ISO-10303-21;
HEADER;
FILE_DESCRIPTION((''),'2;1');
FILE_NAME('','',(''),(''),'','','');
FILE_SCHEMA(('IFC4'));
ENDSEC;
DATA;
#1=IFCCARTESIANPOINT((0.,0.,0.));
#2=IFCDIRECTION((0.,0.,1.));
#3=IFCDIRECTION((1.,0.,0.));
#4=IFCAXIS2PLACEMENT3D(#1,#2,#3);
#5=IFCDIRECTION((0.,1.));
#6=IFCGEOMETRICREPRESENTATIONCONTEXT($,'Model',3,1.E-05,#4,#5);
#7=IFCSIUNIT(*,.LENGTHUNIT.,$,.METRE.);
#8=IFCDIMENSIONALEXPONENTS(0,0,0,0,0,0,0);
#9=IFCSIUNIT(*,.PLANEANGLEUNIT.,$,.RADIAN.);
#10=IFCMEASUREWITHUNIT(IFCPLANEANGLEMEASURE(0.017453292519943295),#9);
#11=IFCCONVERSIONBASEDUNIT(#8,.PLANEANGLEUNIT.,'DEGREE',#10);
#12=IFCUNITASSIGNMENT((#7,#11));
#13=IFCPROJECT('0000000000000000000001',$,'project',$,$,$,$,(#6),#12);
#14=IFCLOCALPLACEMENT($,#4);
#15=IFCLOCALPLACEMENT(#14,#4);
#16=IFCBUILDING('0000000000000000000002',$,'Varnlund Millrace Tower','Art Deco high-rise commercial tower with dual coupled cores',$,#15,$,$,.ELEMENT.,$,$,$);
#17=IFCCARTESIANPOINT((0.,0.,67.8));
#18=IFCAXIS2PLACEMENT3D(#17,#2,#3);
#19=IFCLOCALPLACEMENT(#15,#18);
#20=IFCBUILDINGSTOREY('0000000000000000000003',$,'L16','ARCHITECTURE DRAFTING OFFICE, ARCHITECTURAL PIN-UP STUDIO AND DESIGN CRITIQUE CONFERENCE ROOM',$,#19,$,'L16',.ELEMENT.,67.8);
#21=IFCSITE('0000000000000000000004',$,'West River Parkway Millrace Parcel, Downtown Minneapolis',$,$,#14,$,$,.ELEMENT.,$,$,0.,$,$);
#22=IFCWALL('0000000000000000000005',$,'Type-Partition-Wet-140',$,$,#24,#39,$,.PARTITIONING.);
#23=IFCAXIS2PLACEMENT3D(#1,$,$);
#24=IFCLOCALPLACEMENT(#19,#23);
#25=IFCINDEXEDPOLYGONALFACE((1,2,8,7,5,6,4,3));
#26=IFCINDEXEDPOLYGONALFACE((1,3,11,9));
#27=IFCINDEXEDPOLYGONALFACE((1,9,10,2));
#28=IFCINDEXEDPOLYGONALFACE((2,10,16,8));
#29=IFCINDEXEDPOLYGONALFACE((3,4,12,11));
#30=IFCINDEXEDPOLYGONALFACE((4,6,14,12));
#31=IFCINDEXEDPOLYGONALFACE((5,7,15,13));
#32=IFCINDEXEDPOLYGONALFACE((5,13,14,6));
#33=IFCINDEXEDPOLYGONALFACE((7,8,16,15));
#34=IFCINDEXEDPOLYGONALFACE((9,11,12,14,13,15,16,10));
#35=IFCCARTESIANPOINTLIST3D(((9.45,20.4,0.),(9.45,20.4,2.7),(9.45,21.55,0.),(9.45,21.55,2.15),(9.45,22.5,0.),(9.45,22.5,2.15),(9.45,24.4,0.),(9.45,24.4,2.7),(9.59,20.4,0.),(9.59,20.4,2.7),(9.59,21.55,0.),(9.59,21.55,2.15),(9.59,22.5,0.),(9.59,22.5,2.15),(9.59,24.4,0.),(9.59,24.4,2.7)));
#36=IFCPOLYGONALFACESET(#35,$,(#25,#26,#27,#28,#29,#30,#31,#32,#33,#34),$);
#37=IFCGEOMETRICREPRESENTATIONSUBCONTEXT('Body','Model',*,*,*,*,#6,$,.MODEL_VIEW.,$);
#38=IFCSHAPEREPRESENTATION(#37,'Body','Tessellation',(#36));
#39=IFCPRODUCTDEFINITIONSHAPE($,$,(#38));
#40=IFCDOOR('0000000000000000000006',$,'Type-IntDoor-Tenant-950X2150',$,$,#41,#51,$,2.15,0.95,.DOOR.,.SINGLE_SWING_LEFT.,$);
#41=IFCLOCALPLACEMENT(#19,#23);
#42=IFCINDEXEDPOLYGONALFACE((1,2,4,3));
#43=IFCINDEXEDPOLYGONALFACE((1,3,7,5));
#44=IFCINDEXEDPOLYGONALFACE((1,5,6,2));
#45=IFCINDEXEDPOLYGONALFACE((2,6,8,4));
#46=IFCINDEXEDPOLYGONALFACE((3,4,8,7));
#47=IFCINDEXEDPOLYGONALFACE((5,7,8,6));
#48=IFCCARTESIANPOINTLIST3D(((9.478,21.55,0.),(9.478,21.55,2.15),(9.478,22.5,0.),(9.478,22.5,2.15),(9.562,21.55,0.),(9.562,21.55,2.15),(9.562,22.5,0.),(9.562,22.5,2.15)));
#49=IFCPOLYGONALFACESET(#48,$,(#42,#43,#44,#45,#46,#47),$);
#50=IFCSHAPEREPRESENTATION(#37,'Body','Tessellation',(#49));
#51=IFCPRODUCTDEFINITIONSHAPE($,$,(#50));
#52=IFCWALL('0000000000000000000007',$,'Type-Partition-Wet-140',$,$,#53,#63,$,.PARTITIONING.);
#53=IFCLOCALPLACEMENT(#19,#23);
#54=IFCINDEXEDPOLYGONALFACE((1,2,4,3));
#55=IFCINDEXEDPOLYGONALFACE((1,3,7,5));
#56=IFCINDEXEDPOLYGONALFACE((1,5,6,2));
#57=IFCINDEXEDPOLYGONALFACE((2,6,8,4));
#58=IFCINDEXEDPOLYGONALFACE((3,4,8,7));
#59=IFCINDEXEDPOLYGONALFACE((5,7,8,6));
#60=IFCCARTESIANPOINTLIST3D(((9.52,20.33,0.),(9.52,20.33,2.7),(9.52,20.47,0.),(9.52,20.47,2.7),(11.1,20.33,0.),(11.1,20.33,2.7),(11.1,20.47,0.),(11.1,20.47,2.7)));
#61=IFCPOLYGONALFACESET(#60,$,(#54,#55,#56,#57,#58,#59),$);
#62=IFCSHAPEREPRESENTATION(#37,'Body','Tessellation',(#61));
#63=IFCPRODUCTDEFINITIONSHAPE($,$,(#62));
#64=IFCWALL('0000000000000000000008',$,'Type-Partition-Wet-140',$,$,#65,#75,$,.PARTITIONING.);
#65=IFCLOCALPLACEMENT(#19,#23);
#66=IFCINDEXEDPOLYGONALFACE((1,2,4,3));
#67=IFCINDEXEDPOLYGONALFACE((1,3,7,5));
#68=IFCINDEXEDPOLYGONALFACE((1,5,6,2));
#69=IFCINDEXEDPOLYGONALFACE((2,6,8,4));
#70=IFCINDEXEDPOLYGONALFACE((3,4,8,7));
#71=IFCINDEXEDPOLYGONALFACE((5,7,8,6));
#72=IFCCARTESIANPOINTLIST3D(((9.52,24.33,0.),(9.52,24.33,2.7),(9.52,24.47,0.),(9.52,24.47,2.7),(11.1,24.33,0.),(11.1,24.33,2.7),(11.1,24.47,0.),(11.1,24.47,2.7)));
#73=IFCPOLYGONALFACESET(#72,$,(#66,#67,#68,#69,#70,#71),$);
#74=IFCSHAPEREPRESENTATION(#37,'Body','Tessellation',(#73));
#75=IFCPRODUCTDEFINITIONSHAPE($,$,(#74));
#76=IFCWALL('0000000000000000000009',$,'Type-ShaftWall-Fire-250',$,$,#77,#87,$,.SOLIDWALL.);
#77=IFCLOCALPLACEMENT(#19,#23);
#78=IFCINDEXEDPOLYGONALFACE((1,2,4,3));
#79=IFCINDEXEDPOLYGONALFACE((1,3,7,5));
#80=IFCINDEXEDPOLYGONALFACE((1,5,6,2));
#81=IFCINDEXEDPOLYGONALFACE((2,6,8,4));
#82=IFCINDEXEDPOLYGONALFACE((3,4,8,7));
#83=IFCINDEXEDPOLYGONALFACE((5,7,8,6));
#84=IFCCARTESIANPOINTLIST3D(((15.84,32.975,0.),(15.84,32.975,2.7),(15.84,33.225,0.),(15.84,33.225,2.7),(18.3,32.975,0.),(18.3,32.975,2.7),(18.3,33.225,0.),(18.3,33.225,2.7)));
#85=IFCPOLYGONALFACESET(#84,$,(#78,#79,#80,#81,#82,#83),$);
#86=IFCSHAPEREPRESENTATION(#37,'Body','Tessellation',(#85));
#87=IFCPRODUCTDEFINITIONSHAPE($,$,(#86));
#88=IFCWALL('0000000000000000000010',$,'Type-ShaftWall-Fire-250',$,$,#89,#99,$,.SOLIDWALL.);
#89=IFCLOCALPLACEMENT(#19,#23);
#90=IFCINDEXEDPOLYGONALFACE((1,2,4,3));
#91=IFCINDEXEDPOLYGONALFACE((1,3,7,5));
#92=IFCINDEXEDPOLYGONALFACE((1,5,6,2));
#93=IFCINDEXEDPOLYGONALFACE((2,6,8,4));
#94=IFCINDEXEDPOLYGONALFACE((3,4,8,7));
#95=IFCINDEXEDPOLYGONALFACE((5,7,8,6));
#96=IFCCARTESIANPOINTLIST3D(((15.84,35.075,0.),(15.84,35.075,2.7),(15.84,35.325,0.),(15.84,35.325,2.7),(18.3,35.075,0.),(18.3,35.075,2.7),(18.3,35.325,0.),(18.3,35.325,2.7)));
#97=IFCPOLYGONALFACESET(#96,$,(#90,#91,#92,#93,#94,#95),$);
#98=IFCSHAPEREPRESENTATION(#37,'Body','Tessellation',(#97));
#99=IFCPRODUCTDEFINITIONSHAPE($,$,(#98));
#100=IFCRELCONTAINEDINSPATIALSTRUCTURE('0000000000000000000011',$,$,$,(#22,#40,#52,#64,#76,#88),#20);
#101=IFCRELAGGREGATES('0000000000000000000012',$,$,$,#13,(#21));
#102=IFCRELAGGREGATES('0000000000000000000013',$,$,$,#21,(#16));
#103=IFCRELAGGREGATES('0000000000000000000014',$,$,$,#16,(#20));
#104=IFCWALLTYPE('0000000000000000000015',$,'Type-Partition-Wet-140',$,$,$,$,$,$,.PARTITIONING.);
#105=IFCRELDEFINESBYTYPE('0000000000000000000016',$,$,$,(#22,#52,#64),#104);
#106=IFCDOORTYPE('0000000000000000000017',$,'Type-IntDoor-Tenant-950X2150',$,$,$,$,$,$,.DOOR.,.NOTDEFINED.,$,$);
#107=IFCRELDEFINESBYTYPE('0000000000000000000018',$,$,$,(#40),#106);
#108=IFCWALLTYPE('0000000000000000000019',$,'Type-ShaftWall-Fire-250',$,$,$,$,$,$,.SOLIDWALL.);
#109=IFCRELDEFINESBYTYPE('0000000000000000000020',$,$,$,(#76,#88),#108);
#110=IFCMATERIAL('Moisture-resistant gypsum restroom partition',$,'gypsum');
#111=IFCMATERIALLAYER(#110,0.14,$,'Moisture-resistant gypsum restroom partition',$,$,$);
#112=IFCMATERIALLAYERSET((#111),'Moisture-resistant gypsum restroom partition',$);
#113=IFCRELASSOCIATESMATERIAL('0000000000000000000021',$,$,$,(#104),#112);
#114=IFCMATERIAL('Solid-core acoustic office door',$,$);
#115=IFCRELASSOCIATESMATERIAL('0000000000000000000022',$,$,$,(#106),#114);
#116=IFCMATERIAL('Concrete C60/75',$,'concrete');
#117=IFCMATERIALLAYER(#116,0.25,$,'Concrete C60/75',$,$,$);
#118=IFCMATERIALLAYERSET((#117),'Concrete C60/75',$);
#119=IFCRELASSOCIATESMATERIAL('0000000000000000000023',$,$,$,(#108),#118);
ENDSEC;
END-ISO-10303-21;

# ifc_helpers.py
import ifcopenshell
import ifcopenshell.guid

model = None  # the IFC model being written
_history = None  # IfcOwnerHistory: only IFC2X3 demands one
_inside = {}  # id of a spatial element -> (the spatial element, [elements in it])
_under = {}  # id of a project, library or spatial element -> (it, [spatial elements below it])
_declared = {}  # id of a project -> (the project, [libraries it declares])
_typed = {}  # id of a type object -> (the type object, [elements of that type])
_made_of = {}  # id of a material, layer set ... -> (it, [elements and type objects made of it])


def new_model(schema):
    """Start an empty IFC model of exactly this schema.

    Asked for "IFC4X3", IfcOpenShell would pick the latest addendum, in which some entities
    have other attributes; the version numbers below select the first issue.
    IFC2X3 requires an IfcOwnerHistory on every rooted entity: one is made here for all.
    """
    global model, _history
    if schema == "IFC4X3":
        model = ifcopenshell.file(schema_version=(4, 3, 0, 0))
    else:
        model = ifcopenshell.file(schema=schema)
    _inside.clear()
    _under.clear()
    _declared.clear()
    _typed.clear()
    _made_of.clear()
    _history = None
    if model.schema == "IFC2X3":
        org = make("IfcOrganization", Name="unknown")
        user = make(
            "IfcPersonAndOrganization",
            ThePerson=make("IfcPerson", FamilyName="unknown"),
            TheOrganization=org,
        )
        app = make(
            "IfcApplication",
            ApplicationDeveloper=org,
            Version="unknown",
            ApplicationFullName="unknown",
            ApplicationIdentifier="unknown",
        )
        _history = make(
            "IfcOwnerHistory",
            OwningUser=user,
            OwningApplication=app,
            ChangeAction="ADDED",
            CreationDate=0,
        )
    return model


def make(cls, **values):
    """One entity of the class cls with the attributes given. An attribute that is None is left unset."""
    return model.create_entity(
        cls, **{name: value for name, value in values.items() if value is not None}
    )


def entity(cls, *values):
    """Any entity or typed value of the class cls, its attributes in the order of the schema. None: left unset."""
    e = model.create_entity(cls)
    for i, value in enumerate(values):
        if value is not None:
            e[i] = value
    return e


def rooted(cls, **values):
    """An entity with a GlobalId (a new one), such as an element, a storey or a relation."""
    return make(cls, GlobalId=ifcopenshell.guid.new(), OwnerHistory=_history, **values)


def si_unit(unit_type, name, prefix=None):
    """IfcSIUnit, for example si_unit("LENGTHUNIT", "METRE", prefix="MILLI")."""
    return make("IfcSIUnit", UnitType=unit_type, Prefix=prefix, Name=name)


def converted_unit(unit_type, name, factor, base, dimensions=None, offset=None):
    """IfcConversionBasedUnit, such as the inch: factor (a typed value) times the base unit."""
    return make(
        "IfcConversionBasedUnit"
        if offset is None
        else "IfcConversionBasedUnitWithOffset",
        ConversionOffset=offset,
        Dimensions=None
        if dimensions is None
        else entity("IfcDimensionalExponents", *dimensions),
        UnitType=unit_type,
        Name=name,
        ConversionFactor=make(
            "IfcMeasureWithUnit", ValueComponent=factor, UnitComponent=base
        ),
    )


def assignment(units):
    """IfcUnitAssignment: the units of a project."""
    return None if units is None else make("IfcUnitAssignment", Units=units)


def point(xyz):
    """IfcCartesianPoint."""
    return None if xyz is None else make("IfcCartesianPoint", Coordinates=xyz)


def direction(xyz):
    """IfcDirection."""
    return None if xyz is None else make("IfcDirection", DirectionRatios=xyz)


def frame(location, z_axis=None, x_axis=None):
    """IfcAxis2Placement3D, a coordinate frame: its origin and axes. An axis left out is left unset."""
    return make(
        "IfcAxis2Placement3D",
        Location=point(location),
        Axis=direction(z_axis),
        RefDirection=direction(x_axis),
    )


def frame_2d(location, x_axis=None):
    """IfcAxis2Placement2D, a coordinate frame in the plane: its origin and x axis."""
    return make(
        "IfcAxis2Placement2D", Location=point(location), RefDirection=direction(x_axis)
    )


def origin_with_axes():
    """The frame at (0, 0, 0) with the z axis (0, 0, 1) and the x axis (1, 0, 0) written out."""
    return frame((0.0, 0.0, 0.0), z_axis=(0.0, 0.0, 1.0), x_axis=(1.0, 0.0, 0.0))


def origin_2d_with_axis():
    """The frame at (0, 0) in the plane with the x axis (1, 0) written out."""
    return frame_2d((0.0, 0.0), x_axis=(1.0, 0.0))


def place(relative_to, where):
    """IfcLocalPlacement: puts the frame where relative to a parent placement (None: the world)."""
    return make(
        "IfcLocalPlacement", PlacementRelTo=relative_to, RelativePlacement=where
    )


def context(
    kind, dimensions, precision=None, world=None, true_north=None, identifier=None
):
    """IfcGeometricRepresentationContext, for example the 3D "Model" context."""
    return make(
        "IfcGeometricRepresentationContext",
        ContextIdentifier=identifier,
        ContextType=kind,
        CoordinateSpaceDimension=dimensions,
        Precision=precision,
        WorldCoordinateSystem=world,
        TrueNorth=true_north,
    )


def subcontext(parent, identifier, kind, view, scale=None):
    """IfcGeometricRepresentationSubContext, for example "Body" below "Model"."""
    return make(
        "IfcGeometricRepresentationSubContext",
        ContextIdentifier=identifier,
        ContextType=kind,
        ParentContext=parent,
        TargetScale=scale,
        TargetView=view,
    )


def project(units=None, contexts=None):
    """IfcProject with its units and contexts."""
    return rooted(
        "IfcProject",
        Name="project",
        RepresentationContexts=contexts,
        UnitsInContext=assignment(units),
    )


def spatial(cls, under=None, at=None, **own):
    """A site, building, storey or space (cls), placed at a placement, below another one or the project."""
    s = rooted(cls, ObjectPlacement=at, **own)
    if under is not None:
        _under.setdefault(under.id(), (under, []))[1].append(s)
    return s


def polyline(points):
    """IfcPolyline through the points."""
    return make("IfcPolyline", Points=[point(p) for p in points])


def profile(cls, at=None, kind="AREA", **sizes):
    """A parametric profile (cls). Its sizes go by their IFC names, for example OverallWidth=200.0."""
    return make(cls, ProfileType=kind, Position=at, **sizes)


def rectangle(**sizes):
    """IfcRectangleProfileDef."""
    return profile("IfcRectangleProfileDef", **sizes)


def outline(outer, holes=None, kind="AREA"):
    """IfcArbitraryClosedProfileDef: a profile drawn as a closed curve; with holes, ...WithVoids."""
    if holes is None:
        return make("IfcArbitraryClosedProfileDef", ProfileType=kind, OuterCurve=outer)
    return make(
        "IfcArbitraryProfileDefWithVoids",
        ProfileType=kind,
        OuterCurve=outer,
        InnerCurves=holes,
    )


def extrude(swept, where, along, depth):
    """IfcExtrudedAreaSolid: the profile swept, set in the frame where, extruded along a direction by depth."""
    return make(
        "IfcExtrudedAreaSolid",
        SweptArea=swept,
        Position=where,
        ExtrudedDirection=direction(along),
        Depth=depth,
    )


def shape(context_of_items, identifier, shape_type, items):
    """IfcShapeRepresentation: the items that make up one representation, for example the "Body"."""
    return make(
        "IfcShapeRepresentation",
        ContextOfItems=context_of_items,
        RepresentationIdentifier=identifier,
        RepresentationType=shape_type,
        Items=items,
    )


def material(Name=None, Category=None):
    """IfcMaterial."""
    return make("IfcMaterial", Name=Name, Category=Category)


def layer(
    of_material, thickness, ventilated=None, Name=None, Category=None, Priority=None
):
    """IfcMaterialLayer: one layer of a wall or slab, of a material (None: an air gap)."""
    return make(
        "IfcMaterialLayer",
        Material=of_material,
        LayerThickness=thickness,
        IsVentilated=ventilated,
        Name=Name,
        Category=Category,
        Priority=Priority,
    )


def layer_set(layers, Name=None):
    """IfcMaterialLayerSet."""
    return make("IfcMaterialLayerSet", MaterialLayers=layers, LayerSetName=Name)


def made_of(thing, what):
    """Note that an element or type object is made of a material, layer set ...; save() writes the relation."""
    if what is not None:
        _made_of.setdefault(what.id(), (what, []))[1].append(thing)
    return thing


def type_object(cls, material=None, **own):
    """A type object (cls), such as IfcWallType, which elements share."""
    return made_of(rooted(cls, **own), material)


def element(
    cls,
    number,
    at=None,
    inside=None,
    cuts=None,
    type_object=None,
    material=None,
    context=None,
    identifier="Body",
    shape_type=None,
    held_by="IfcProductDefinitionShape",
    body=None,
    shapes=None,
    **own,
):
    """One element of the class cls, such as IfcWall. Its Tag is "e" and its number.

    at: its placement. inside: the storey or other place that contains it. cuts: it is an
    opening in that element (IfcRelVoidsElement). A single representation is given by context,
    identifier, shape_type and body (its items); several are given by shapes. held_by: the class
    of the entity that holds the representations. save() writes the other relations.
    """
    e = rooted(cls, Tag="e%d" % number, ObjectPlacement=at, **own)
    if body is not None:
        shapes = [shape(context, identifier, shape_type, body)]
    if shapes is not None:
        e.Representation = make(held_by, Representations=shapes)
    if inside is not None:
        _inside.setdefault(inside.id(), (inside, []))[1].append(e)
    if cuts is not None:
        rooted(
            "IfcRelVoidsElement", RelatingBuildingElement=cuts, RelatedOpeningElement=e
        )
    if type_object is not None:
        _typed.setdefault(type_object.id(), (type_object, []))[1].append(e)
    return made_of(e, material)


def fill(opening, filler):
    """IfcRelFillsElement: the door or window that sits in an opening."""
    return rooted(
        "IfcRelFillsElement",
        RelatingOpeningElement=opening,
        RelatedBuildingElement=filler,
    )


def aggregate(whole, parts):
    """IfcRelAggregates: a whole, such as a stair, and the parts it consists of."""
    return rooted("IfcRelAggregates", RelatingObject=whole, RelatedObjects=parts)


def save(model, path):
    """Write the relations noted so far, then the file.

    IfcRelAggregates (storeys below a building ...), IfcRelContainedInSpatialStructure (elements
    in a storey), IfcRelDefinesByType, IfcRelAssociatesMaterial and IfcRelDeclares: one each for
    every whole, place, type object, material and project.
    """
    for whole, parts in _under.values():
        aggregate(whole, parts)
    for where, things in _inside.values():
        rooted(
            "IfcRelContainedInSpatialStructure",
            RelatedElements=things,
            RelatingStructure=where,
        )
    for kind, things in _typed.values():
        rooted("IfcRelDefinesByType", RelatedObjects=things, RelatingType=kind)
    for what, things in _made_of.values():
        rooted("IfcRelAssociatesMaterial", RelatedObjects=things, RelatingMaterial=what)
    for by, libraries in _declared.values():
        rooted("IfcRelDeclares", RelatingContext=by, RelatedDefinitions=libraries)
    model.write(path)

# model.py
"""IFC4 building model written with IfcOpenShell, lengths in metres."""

from ifc_helpers import new_model, entity, si_unit, converted_unit, direction, frame, origin_with_axes, origin_2d_with_axis, place, context, subcontext, project, spatial, polyline, rectangle, outline, extrude, material, layer, layer_set, type_object, element, fill, save


model = new_model("IFC4")

# Units and contexts
model_context = context("Model", 3, precision=1e-05, world=origin_with_axes(), true_north=direction((0.0, 1.0)))
body_context = subcontext(model_context, "Body", "Model", "MODEL_VIEW")
ifc_project = project(units=[si_unit("LENGTHUNIT", "METRE"), converted_unit("PLANEANGLEUNIT", "DEGREE", entity("IfcPlaneAngleMeasure", 0.017453292519943295), si_unit("PLANEANGLEUNIT", "RADIAN"), dimensions=[0, 0, 0, 0, 0, 0, 0])], contexts=[model_context])

# Site, building, storey
site_placement = place(None, origin_with_axes())
site = spatial("IfcSite", under=ifc_project, at=site_placement, Name="West River Parkway Millrace Parcel, Downtown Minneapolis", CompositionType="ELEMENT", RefElevation=0.0)
building_placement = place(site_placement, origin_with_axes())
building = spatial("IfcBuilding", under=site, at=building_placement, Name="Varnlund Millrace Tower", Description="Art Deco high-rise commercial tower with dual coupled cores", CompositionType="ELEMENT")
storey_placement = place(building_placement, frame((0.0, 0.0, 67.8), z_axis=(0.0, 0.0, 1.0), x_axis=(1.0, 0.0, 0.0)))
storey = spatial("IfcBuildingStorey", under=building, at=storey_placement, Name="L16", Description="ARCHITECTURE DRAFTING OFFICE, ARCHITECTURAL PIN-UP STUDIO AND DESIGN CRITIQUE CONFERENCE ROOM", LongName="L16", CompositionType="ELEMENT", Elevation=67.8)

# Wall, opening, door
ifc_material_1 = material(Name="Moisture-resistant gypsum restroom partition", Category="gypsum")
ifc_layer_1 = layer(ifc_material_1, 0.14, Name="Moisture-resistant gypsum restroom partition")
ifc_layer_set_1 = layer_set([ifc_layer_1], Name="Moisture-resistant gypsum restroom partition")
wall_type_1 = type_object("IfcWallType", Name="Type-Partition-Wet-140", PredefinedType="PARTITIONING", material=ifc_layer_set_1)
wall_1_placement = place(storey_placement, frame((9.52, 20.4, 0.0), z_axis=(0.0, 0.0, 1.0), x_axis=(0.0, 1.0, 0.0)))
wall_1 = element("IfcWall", 1, at=wall_1_placement, inside=storey, type_object=wall_type_1, Name="Type-Partition-Wet-140", PredefinedType="PARTITIONING", context=body_context, shape_type="SweptSolid", body=[
    extrude(outline(polyline([(0.0, -0.07), (4.0, -0.07), (4.0, 0.07), (0.0, 0.07), (0.0, -0.07)])), origin_with_axes(), (0.0, 0.0, 1.0), 2.7),
])
opening_1_placement = place(wall_1_placement, frame((1.625, 0.0, 0.0), z_axis=(0.0, 0.0, 1.0), x_axis=(1.0, 0.0, 0.0)))
opening_1 = element("IfcOpeningElement", 2, at=opening_1_placement, cuts=wall_1, PredefinedType="OPENING", context=body_context, shape_type="SweptSolid", body=[
    extrude(rectangle(XDim=0.95, YDim=0.16, at=origin_2d_with_axis()), origin_with_axes(), (0.0, 0.0, 1.0), 2.15),
])
ifc_material_2 = material(Name="Solid-core acoustic office door")
door_type_1 = type_object("IfcDoorType", Name="Type-IntDoor-Tenant-950X2150", OperationType="NOTDEFINED", PredefinedType="DOOR", material=ifc_material_2)
door_1_placement = place(wall_1_placement, frame((1.625, 0.0, 0.0), z_axis=(0.0, 0.0, 1.0), x_axis=(1.0, 0.0, 0.0)))
door_1 = element("IfcDoor", 3, at=door_1_placement, inside=storey, type_object=door_type_1, Name="Type-IntDoor-Tenant-950X2150", OperationType="SINGLE_SWING_LEFT", OverallHeight=2.15, OverallWidth=0.95, PredefinedType="DOOR", context=body_context, shape_type="SweptSolid", body=[
    extrude(rectangle(XDim=0.95, YDim=0.084, at=origin_2d_with_axis()), origin_with_axes(), (0.0, 0.0, 1.0), 2.15),
])
fill(opening_1, door_1)

# Walls
for number, where, z_axis, x_axis, name in (
    (4, (9.52, 20.4, 0.0), (0.0, 0.0, 1.0), (1.0, 0.0, 0.0), "Type-Partition-Wet-140"),
    (5, (9.52, 24.4, 0.0), (0.0, 0.0, 1.0), (1.0, 0.0, 0.0), "Type-Partition-Wet-140"),
):
    element("IfcWall", number, at=place(storey_placement, frame(where, z_axis=z_axis, x_axis=x_axis)), inside=storey, type_object=wall_type_1, Name=name, PredefinedType="PARTITIONING", context=body_context, shape_type="SweptSolid", body=[
        extrude(outline(polyline([(0.0, -0.07), (1.58, -0.07), (1.58, 0.07), (0.0, 0.07), (0.0, -0.07)])), origin_with_axes(), (0.0, 0.0, 1.0), 2.7),
    ])
ifc_material_3 = material(Name="Concrete C60/75", Category="concrete")
ifc_layer_2 = layer(ifc_material_3, 0.25, Name="Concrete C60/75")
ifc_layer_set_2 = layer_set([ifc_layer_2], Name="Concrete C60/75")
wall_type_2 = type_object("IfcWallType", Name="Type-ShaftWall-Fire-250", PredefinedType="SOLIDWALL", material=ifc_layer_set_2)
for number, where, z_axis, x_axis, name in (
    (6, (15.84, 33.1, 0.0), (0.0, 0.0, 1.0), (1.0, 0.0, 0.0), "Type-ShaftWall-Fire-250"),
    (7, (15.84, 35.2, 0.0), (0.0, 0.0, 1.0), (1.0, 0.0, 0.0), "Type-ShaftWall-Fire-250"),
):
    element("IfcWall", number, at=place(storey_placement, frame(where, z_axis=z_axis, x_axis=x_axis)), inside=storey, type_object=wall_type_2, Name=name, PredefinedType="SOLIDWALL", context=body_context, shape_type="SweptSolid", body=[
        extrude(outline(polyline([(0.0, -0.125), (2.46, -0.125), (2.46, 0.125), (0.0, 0.125), (0.0, -0.125)])), origin_with_axes(), (0.0, 0.0, 1.0), 2.7),
    ])

save(model, "model.ifc")
